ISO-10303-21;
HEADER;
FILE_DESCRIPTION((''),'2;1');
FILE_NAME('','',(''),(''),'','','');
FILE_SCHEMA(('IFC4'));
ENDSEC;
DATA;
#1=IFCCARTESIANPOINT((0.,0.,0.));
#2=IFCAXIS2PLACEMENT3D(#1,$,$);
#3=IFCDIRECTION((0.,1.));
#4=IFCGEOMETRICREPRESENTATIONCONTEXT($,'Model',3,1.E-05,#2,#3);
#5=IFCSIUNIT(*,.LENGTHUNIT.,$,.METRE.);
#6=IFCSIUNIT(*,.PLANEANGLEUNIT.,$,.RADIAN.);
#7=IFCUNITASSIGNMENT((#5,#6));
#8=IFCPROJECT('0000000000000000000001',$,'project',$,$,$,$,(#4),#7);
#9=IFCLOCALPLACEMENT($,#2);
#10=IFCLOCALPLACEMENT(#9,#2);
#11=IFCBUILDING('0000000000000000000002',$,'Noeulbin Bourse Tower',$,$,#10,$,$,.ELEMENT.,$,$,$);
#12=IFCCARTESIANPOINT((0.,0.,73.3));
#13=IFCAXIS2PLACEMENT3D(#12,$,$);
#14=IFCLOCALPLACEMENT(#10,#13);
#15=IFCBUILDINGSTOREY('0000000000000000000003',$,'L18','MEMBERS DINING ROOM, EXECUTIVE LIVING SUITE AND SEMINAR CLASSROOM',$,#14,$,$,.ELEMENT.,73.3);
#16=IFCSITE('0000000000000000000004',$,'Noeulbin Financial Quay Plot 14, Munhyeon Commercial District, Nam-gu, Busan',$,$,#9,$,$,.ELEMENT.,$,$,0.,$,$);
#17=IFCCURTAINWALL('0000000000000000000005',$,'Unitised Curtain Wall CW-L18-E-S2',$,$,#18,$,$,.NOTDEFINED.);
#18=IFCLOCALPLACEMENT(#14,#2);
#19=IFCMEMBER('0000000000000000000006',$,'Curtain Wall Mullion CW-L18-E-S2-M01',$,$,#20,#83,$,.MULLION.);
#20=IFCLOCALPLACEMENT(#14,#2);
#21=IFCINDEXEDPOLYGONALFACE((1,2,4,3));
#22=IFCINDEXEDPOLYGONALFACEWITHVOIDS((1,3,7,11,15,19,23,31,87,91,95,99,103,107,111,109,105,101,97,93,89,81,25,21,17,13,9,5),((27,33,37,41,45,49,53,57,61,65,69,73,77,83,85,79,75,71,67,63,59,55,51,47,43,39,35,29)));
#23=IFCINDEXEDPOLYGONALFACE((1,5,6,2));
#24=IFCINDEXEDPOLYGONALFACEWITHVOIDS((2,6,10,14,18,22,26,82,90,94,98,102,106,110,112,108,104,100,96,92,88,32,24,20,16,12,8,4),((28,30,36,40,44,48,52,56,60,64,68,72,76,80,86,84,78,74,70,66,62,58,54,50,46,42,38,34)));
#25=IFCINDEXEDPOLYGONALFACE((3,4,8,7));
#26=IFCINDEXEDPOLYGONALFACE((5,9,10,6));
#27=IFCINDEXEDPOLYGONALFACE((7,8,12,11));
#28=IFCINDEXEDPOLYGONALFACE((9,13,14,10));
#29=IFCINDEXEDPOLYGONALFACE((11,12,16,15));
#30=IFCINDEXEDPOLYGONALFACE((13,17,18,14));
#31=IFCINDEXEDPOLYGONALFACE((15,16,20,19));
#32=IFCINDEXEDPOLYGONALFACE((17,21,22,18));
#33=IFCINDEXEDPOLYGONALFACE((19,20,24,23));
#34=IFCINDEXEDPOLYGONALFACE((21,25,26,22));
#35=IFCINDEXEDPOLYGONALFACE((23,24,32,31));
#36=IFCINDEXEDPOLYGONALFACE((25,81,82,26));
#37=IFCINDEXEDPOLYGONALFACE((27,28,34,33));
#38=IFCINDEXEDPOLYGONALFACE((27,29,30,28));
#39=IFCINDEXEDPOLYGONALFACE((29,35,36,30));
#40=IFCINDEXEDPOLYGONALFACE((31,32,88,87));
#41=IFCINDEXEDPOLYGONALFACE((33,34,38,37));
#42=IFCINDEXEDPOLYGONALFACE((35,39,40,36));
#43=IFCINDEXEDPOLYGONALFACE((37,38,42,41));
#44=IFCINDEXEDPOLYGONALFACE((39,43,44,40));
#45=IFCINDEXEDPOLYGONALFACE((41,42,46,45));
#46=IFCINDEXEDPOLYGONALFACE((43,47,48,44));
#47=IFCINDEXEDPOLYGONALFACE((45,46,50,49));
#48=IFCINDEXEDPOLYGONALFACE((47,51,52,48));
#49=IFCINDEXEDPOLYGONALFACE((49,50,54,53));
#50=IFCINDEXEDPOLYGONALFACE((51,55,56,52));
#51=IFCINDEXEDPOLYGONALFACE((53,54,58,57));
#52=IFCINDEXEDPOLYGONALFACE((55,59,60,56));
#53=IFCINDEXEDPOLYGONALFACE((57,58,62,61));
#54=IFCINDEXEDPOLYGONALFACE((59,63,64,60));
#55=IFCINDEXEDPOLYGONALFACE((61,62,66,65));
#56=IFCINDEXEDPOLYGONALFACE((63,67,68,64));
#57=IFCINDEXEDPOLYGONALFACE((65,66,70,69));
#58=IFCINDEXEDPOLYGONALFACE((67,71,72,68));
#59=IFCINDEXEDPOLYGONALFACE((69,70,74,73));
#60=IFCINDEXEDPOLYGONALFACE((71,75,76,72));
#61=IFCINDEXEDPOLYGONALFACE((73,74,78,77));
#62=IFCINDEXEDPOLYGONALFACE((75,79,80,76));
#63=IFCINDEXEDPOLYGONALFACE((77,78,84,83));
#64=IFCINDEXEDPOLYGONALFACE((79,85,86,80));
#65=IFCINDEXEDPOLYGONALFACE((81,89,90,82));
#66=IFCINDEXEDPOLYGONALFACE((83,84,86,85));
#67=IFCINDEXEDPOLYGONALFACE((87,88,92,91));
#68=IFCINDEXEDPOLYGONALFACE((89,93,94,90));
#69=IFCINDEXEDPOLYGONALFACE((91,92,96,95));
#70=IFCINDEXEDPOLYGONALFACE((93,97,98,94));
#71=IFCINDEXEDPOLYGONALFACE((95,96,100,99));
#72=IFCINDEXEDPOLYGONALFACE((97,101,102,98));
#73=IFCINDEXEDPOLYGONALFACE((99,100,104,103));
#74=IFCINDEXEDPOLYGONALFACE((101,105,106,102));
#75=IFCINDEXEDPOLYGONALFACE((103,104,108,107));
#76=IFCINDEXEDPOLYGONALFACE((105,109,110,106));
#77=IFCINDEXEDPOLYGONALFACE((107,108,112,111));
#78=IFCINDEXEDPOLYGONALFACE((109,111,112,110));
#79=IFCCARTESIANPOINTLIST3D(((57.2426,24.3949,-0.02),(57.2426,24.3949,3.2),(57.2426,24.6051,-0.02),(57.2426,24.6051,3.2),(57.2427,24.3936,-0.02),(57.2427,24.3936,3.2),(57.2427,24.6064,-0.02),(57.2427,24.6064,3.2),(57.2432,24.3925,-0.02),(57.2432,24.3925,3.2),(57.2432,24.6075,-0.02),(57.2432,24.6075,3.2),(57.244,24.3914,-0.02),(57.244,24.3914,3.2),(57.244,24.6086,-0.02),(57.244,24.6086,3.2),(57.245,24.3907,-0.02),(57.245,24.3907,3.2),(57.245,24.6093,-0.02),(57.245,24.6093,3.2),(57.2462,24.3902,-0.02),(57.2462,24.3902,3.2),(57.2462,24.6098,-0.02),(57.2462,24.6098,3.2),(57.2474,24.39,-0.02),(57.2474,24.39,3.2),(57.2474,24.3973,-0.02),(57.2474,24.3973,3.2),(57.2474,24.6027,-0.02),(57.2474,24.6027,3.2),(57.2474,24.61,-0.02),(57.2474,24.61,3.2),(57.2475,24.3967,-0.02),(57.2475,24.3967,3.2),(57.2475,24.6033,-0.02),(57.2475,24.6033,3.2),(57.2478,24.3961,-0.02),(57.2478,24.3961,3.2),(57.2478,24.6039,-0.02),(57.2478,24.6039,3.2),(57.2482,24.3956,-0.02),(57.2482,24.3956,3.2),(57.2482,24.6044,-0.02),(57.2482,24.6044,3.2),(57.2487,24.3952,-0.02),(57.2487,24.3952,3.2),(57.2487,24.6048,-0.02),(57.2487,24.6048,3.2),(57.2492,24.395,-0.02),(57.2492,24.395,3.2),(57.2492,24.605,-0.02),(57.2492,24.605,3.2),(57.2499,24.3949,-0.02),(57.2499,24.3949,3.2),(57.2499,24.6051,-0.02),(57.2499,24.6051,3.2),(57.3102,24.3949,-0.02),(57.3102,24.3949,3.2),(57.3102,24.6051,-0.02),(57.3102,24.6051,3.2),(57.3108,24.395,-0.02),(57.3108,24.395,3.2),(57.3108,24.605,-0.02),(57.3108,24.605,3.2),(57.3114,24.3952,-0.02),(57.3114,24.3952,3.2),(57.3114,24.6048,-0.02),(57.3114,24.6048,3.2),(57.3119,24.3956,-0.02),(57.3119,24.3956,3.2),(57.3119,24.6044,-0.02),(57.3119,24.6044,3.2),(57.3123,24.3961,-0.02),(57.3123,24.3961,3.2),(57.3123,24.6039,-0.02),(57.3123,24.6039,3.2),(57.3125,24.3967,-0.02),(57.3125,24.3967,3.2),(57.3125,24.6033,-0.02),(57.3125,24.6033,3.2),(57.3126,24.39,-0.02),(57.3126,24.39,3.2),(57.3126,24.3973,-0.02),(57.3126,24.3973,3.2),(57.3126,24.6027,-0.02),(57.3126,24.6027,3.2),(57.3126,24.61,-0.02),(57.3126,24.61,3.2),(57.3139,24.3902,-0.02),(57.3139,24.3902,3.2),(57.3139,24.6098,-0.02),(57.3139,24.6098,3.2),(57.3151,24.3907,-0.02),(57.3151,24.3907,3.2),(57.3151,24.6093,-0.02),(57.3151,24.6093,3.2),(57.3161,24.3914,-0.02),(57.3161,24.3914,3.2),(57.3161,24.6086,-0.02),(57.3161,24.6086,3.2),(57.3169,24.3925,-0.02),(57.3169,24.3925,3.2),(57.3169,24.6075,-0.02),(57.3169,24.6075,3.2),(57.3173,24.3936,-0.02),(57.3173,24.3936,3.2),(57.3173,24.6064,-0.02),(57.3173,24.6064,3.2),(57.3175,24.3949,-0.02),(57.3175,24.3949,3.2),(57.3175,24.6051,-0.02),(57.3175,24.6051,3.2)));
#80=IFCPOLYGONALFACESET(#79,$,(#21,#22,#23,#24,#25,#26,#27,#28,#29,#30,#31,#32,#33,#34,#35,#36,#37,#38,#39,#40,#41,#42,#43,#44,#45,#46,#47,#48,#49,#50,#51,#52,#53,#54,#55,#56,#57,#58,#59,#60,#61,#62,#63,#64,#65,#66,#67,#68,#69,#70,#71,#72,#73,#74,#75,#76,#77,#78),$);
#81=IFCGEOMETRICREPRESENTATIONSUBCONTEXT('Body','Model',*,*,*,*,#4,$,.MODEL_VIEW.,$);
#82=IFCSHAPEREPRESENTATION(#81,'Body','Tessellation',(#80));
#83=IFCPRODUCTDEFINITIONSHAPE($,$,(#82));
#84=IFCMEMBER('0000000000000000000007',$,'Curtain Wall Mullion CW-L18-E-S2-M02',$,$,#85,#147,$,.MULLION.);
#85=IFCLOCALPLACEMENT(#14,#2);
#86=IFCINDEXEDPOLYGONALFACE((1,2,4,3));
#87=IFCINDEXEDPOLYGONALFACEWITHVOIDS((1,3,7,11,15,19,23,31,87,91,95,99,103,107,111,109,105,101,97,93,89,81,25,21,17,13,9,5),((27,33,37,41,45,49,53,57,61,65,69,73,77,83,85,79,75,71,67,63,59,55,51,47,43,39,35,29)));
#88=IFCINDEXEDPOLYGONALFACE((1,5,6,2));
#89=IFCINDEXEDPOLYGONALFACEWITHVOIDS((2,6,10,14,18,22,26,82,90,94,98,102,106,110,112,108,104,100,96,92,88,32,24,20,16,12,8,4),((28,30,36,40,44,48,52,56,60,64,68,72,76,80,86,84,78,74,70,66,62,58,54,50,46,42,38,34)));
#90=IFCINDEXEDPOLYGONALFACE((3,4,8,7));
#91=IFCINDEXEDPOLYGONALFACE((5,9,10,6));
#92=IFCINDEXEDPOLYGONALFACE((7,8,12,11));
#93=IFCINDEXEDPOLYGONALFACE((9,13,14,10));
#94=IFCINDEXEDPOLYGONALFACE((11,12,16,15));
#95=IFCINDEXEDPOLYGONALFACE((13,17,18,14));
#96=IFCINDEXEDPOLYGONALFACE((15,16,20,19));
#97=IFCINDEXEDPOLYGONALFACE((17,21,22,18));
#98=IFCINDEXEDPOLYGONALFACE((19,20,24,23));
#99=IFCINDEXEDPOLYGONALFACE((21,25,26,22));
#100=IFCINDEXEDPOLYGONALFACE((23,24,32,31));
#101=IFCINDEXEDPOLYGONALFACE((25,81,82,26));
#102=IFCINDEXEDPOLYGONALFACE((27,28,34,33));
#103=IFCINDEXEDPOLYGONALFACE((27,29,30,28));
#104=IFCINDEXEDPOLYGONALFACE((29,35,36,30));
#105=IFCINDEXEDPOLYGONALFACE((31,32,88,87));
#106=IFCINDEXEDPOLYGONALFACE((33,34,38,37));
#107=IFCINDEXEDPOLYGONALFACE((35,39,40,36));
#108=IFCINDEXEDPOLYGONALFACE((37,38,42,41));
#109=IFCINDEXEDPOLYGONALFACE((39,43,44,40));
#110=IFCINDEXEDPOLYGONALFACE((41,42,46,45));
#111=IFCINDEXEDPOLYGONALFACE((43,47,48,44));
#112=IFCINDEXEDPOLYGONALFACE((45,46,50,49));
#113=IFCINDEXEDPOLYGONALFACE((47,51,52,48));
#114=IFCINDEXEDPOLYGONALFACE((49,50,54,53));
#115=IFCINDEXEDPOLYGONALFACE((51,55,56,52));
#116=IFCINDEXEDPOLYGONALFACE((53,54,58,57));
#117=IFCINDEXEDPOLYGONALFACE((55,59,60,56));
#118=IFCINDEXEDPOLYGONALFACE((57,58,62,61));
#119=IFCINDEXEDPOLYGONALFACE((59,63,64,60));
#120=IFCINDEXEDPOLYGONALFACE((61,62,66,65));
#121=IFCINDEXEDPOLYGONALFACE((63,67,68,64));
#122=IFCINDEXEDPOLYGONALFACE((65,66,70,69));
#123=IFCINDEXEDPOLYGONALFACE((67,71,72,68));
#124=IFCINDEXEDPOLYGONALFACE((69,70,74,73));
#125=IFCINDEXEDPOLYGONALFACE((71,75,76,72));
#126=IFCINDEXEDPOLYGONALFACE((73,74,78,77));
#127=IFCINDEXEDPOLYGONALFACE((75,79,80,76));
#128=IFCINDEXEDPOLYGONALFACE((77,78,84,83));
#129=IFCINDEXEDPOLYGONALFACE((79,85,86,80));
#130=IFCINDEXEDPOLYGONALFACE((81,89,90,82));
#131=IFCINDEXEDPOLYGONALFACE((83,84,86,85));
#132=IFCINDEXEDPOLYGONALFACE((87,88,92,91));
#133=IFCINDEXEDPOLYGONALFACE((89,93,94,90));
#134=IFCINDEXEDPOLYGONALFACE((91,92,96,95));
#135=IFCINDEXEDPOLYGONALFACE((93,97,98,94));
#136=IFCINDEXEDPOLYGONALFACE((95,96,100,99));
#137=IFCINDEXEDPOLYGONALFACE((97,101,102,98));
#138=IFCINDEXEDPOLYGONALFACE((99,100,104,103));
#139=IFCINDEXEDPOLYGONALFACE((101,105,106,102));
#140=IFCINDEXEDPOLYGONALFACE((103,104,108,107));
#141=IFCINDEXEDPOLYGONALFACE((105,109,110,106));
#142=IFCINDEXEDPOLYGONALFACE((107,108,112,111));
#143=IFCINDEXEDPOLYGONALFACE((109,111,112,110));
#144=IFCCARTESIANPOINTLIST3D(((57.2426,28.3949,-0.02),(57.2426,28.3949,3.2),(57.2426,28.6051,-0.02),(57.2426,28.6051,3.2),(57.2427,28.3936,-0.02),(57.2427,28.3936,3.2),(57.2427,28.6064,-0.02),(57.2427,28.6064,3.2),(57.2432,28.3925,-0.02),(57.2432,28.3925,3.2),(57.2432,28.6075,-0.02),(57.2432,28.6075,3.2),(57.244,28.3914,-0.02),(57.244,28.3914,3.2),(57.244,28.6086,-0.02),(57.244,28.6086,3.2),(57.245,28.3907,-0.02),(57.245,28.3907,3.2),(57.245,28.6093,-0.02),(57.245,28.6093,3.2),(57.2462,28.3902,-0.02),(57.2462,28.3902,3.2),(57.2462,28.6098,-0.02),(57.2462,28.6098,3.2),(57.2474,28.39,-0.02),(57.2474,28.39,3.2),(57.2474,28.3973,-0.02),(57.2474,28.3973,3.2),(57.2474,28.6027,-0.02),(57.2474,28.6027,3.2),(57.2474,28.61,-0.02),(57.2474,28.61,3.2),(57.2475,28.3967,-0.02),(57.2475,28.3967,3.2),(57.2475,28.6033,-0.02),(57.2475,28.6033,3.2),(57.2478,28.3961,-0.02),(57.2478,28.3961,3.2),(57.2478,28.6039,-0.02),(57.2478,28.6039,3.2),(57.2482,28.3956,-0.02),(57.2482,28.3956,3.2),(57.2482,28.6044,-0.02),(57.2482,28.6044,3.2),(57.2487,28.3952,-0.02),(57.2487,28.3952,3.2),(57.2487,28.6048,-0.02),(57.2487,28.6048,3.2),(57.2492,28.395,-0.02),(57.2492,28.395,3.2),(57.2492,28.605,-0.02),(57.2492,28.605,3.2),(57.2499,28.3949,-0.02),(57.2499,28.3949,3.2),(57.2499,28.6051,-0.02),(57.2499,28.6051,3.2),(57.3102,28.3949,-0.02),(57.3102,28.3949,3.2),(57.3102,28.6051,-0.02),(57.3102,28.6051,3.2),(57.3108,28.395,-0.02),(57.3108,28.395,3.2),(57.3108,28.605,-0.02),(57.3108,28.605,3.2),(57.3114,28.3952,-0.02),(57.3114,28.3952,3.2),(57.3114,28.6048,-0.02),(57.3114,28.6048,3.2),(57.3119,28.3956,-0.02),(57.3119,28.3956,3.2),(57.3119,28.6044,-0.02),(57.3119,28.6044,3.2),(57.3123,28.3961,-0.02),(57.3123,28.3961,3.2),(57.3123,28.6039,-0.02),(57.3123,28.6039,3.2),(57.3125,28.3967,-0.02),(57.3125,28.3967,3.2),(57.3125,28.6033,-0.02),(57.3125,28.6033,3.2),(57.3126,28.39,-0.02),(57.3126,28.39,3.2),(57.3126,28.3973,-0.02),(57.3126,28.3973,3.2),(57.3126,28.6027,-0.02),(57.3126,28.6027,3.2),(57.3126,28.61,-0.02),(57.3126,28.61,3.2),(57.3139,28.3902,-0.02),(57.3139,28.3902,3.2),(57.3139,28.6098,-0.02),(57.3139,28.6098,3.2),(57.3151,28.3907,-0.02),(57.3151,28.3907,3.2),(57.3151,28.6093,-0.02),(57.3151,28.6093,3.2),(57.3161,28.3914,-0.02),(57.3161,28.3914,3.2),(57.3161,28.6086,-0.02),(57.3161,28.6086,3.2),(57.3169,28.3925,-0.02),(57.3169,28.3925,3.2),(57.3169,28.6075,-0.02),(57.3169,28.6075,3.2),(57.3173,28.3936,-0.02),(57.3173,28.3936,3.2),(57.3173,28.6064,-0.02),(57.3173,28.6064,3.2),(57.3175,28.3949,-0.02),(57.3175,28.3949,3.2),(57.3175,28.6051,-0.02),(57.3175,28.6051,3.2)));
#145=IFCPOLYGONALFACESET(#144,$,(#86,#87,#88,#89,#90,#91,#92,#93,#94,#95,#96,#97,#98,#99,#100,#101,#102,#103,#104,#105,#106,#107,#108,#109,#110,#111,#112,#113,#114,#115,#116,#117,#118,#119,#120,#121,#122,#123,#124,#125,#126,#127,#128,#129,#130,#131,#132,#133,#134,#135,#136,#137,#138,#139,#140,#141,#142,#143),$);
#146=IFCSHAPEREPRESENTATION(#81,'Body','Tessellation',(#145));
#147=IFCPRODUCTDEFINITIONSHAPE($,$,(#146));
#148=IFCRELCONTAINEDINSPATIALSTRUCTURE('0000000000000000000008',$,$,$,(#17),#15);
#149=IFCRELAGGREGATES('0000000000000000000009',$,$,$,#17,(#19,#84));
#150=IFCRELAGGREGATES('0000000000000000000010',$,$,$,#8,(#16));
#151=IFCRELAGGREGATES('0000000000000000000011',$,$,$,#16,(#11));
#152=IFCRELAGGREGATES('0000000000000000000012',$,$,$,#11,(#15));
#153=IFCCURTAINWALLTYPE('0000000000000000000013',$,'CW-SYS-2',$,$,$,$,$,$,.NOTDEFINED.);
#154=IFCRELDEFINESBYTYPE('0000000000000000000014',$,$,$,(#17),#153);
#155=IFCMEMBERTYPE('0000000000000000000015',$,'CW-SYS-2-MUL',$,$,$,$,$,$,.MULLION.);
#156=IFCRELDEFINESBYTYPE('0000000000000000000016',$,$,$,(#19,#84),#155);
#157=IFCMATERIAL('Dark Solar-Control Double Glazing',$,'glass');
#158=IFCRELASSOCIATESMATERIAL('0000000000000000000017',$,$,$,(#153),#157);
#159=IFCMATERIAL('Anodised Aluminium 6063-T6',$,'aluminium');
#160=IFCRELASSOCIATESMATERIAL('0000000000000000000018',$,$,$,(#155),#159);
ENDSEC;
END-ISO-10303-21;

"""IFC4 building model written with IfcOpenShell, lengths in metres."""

from ifc_helpers import new_model, si_unit, direction, frame, origin, origin_2d, place, context, subcontext, project, spatial, hollow_rectangle, extrude, material, material_profile, profile_set, type_object, element, aggregate, save


model = new_model("IFC4")

# Units and contexts
model_context = context("Model", 3, precision=1e-05, world=origin(), true_north=direction((0.0, 1.0)))
body_context = subcontext(model_context, "Body", "Model", "MODEL_VIEW")
ifc_project = project(units=[si_unit("LENGTHUNIT", "METRE"), si_unit("PLANEANGLEUNIT", "RADIAN")], contexts=[model_context])

# Site, building, storey
site_placement = place(None, origin())
site = spatial("IfcSite", under=ifc_project, at=site_placement, Name="Noeulbin Financial Quay Plot 14, Munhyeon Commercial District, Nam-gu, Busan", CompositionType="ELEMENT", RefElevation=0.0)
building_placement = place(site_placement, origin())
building = spatial("IfcBuilding", under=site, at=building_placement, Name="Noeulbin Bourse Tower", CompositionType="ELEMENT")
storey_placement = place(building_placement, frame((0.0, 0.0, 73.3)))
storey = spatial("IfcBuildingStorey", under=building, at=storey_placement, Name="L18", Description="MEMBERS DINING ROOM, EXECUTIVE LIVING SUITE AND SEMINAR CLASSROOM", CompositionType="ELEMENT", Elevation=73.3)

# Curtain wall, members
ifc_material_1 = material(Name="Dark Solar-Control Double Glazing", Category="glass")
curtain_wall_type = type_object("IfcCurtainWallType", Name="CW-SYS-2", PredefinedType="NOTDEFINED", material=ifc_material_1)
ifc_material_2 = material(Name="Anodised Aluminium 6063-T6", Category="aluminium")
ifc_material_profile_1 = material_profile(ifc_material_2, hollow_rectangle(XDim=0.075, YDim=0.22, WallThickness=0.0049, InnerFilletRadius=0.0024, OuterFilletRadius=0.0049, at=origin_2d()), Name="ALU-MULL-75x220x5", Category="LoadBearing")
ifc_profile_set_1 = profile_set([ifc_material_profile_1], Name="Anodised Aluminium 6063-T6")
member_type_1 = type_object("IfcMemberType", Name="CW-SYS-2-MUL", PredefinedType="MULLION", material=ifc_profile_set_1)
curtain_wall_1_placement = place(storey_placement, origin())
curtain_wall_1 = element("IfcCurtainWall", 1, at=curtain_wall_1_placement, inside=storey, type_object=curtain_wall_type, Name="Unitised Curtain Wall CW-L18-E-S2", PredefinedType="NOTDEFINED")
member_1_placement = place(storey_placement, frame((57.28, 24.5, -0.02), z_axis=(0.0, 0.0, 1.0), x_axis=(1.0, 0.0, 0.0)))
member_1 = element("IfcMember", 2, at=member_1_placement, type_object=member_type_1, Name="Curtain Wall Mullion CW-L18-E-S2-M01", PredefinedType="MULLION", context=body_context, shape_type="SweptSolid", body=[
    extrude(hollow_rectangle(XDim=0.075, YDim=0.22, WallThickness=0.0049, InnerFilletRadius=0.0024, OuterFilletRadius=0.0049, at=origin_2d()), origin(), (0.0, 0.0, 1.0), 3.22),
])
member_2_placement = place(storey_placement, frame((57.28, 28.5, -0.02), z_axis=(0.0, 0.0, 1.0), x_axis=(1.0, 0.0, 0.0)))
member_2 = element("IfcMember", 3, at=member_2_placement, type_object=member_type_1, Name="Curtain Wall Mullion CW-L18-E-S2-M02", PredefinedType="MULLION", context=body_context, shape_type="SweptSolid", body=[
    extrude(hollow_rectangle(XDim=0.075, YDim=0.22, WallThickness=0.0049, InnerFilletRadius=0.0024, OuterFilletRadius=0.0049, at=origin_2d()), origin(), (0.0, 0.0, 1.0), 3.22),
])

aggregate(curtain_wall_1, [member_1, member_2])

save(model, "model.ifc")
